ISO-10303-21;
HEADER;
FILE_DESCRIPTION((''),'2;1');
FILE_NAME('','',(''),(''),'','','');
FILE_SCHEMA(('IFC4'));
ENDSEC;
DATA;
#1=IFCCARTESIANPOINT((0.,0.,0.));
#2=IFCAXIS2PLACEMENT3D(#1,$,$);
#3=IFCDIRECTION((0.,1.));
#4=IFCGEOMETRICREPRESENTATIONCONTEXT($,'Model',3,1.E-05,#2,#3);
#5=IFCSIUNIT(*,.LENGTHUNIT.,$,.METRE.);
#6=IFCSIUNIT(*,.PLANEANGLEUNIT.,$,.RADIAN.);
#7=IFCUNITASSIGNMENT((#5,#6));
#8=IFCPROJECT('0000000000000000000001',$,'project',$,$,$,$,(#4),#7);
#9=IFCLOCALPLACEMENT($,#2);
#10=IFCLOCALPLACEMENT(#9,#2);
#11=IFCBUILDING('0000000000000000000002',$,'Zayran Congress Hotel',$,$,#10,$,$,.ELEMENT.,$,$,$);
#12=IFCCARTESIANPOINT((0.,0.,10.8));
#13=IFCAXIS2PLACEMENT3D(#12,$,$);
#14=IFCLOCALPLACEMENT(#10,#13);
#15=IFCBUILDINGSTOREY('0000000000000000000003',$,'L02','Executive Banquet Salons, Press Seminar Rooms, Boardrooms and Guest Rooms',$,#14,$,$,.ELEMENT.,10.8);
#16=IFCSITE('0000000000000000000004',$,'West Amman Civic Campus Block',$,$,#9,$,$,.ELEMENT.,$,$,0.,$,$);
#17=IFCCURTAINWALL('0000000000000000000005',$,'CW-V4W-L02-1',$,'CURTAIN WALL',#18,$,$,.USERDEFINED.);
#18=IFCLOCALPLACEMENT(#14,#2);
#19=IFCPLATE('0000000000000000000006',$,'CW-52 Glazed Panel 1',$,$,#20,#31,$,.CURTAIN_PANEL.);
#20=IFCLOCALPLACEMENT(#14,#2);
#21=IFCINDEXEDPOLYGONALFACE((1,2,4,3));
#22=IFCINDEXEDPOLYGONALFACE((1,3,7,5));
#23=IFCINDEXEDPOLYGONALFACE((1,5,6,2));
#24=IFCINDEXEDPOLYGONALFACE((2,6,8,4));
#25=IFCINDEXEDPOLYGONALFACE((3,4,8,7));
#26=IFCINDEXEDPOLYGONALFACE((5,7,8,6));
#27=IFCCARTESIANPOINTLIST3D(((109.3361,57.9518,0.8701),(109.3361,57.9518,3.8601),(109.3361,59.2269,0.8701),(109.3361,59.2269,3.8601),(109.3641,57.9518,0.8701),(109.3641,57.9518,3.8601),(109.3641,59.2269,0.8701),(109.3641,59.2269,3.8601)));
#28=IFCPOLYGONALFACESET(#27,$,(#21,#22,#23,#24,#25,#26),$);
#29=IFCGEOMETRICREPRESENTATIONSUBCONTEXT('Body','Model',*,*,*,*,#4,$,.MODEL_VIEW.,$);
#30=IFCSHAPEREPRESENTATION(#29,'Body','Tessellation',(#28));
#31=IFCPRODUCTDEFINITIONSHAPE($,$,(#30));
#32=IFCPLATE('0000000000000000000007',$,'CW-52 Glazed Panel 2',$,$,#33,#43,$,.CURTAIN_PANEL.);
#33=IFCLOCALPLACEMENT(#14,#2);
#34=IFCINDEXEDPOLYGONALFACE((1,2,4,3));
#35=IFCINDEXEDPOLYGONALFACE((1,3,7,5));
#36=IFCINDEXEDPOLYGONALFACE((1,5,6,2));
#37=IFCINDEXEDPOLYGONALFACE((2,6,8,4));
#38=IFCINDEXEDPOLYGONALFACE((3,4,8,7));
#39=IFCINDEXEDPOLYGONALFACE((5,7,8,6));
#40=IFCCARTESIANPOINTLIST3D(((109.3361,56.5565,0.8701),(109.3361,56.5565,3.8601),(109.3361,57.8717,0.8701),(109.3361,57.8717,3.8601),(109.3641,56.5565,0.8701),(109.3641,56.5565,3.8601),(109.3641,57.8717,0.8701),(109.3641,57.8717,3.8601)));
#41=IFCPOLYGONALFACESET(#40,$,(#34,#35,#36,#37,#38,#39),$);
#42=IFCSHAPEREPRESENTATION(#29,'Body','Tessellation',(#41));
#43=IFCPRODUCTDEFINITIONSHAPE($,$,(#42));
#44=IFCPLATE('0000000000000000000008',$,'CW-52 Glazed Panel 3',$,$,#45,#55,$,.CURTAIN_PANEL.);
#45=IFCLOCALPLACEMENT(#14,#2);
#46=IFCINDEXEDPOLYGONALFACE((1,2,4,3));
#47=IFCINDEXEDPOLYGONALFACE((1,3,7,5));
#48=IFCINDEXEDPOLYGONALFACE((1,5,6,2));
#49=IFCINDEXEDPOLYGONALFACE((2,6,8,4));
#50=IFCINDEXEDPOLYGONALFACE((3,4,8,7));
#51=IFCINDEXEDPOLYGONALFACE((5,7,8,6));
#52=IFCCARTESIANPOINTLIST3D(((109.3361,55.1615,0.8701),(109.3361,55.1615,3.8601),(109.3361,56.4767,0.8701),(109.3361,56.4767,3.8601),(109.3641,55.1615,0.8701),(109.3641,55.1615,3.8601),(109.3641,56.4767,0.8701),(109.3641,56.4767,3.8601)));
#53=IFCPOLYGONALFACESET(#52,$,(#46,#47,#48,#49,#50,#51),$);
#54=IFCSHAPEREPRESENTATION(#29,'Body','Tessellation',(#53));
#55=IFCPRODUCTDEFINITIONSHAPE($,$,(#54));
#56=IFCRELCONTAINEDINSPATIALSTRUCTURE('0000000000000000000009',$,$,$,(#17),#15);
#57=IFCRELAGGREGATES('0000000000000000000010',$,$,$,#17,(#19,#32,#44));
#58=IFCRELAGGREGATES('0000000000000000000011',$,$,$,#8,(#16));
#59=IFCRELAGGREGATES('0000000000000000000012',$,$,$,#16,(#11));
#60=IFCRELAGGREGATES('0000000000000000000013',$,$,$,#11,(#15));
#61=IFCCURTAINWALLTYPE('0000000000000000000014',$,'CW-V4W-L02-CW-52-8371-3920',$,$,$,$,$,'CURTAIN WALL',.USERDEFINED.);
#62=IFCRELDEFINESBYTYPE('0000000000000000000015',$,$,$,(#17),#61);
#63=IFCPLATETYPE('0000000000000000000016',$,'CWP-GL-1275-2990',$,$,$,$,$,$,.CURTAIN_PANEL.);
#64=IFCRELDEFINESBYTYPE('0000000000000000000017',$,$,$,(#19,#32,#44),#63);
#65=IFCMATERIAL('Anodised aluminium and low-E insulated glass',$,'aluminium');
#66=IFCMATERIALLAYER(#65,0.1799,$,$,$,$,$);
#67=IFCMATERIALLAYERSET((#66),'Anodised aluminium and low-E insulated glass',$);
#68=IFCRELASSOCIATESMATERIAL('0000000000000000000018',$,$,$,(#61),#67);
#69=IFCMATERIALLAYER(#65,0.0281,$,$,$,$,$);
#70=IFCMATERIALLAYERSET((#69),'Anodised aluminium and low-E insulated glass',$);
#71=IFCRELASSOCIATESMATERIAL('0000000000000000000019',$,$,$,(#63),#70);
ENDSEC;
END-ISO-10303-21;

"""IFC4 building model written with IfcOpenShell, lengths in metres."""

from ifc_helpers import new_model, si_unit, direction, frame, origin, origin_2d, place, context, subcontext, project, spatial, rectangle, extrude, material, layer, layer_set, type_object, element, aggregate, save


model = new_model("IFC4")

# Units and contexts
model_context = context("Model", 3, precision=1e-05, world=origin(), true_north=direction((0.0, 1.0)))
body_context = subcontext(model_context, "Body", "Model", "MODEL_VIEW")
ifc_project = project(units=[si_unit("LENGTHUNIT", "METRE"), si_unit("PLANEANGLEUNIT", "RADIAN")], contexts=[model_context])

# Site, building, storey
site_placement = place(None, origin())
site = spatial("IfcSite", under=ifc_project, at=site_placement, Name="West Amman Civic Campus Block", CompositionType="ELEMENT", RefElevation=0.0)
building_placement = place(site_placement, origin())
building = spatial("IfcBuilding", under=site, at=building_placement, Name="Zayran Congress Hotel", CompositionType="ELEMENT")
storey_placement = place(building_placement, frame((0.0, 0.0, 10.8)))
storey = spatial("IfcBuildingStorey", under=building, at=storey_placement, Name="L02", Description="Executive Banquet Salons, Press Seminar Rooms, Boardrooms and Guest Rooms", CompositionType="ELEMENT", Elevation=10.8)

# Curtain wall
ifc_material_1 = material(Name="Anodised aluminium and low-E insulated glass", Category="aluminium")
ifc_layer_1 = layer(ifc_material_1, 0.1799)
ifc_layer_set_1 = layer_set([ifc_layer_1], Name="Anodised aluminium and low-E insulated glass")
curtain_wall_type_1 = type_object("IfcCurtainWallType", Name="CW-V4W-L02-CW-52-8371-3920", ElementType="CURTAIN WALL", PredefinedType="USERDEFINED", material=ifc_layer_set_1)
curtain_wall_1_placement = place(storey_placement, origin())
curtain_wall_1 = element("IfcCurtainWall", 1, at=curtain_wall_1_placement, inside=storey, type_object=curtain_wall_type_1, Name="CW-V4W-L02-1", ObjectType="CURTAIN WALL", PredefinedType="USERDEFINED")

# Plates
ifc_layer_2 = layer(ifc_material_1, 0.0281)
ifc_layer_set_2 = layer_set([ifc_layer_2], Name="Anodised aluminium and low-E insulated glass")
plate_type_1 = type_object("IfcPlateType", Name="CWP-GL-1275-2990", PredefinedType="CURTAIN_PANEL", material=ifc_layer_set_2)
plate_1_placement = place(storey_placement, frame((109.3501, 58.5894, 0.8701), z_axis=(0.0, 0.0, 1.0), x_axis=(0.0, 1.0, 0.0)))
plate_1 = element("IfcPlate", 2, at=plate_1_placement, type_object=plate_type_1, Name="CW-52 Glazed Panel 1", PredefinedType="CURTAIN_PANEL", context=body_context, shape_type="SweptSolid", body=[
    extrude(rectangle(XDim=1.2751, YDim=0.0281, at=origin_2d()), origin(), (0.0, 0.0, 1.0), 2.99),
])
plate_2_placement = place(storey_placement, frame((109.3501, 57.2141, 0.8701), z_axis=(0.0, 0.0, 1.0), x_axis=(0.0, 1.0, 0.0)))
plate_2 = element("IfcPlate", 3, at=plate_2_placement, type_object=plate_type_1, Name="CW-52 Glazed Panel 2", PredefinedType="CURTAIN_PANEL", context=body_context, shape_type="SweptSolid", body=[
    extrude(rectangle(XDim=1.3152, YDim=0.0281, at=origin_2d()), origin(), (0.0, 0.0, 1.0), 2.99),
])
plate_3_placement = place(storey_placement, frame((109.3501, 55.8191, 0.8701), z_axis=(0.0, 0.0, 1.0), x_axis=(0.0, 1.0, 0.0)))
plate_3 = element("IfcPlate", 4, at=plate_3_placement, type_object=plate_type_1, Name="CW-52 Glazed Panel 3", PredefinedType="CURTAIN_PANEL", context=body_context, shape_type="SweptSolid", body=[
    extrude(rectangle(XDim=1.3152, YDim=0.0281, at=origin_2d()), origin(), (0.0, 0.0, 1.0), 2.99),
])
aggregate(curtain_wall_1, [plate_1, plate_2, plate_3])

save(model, "model.ifc")
